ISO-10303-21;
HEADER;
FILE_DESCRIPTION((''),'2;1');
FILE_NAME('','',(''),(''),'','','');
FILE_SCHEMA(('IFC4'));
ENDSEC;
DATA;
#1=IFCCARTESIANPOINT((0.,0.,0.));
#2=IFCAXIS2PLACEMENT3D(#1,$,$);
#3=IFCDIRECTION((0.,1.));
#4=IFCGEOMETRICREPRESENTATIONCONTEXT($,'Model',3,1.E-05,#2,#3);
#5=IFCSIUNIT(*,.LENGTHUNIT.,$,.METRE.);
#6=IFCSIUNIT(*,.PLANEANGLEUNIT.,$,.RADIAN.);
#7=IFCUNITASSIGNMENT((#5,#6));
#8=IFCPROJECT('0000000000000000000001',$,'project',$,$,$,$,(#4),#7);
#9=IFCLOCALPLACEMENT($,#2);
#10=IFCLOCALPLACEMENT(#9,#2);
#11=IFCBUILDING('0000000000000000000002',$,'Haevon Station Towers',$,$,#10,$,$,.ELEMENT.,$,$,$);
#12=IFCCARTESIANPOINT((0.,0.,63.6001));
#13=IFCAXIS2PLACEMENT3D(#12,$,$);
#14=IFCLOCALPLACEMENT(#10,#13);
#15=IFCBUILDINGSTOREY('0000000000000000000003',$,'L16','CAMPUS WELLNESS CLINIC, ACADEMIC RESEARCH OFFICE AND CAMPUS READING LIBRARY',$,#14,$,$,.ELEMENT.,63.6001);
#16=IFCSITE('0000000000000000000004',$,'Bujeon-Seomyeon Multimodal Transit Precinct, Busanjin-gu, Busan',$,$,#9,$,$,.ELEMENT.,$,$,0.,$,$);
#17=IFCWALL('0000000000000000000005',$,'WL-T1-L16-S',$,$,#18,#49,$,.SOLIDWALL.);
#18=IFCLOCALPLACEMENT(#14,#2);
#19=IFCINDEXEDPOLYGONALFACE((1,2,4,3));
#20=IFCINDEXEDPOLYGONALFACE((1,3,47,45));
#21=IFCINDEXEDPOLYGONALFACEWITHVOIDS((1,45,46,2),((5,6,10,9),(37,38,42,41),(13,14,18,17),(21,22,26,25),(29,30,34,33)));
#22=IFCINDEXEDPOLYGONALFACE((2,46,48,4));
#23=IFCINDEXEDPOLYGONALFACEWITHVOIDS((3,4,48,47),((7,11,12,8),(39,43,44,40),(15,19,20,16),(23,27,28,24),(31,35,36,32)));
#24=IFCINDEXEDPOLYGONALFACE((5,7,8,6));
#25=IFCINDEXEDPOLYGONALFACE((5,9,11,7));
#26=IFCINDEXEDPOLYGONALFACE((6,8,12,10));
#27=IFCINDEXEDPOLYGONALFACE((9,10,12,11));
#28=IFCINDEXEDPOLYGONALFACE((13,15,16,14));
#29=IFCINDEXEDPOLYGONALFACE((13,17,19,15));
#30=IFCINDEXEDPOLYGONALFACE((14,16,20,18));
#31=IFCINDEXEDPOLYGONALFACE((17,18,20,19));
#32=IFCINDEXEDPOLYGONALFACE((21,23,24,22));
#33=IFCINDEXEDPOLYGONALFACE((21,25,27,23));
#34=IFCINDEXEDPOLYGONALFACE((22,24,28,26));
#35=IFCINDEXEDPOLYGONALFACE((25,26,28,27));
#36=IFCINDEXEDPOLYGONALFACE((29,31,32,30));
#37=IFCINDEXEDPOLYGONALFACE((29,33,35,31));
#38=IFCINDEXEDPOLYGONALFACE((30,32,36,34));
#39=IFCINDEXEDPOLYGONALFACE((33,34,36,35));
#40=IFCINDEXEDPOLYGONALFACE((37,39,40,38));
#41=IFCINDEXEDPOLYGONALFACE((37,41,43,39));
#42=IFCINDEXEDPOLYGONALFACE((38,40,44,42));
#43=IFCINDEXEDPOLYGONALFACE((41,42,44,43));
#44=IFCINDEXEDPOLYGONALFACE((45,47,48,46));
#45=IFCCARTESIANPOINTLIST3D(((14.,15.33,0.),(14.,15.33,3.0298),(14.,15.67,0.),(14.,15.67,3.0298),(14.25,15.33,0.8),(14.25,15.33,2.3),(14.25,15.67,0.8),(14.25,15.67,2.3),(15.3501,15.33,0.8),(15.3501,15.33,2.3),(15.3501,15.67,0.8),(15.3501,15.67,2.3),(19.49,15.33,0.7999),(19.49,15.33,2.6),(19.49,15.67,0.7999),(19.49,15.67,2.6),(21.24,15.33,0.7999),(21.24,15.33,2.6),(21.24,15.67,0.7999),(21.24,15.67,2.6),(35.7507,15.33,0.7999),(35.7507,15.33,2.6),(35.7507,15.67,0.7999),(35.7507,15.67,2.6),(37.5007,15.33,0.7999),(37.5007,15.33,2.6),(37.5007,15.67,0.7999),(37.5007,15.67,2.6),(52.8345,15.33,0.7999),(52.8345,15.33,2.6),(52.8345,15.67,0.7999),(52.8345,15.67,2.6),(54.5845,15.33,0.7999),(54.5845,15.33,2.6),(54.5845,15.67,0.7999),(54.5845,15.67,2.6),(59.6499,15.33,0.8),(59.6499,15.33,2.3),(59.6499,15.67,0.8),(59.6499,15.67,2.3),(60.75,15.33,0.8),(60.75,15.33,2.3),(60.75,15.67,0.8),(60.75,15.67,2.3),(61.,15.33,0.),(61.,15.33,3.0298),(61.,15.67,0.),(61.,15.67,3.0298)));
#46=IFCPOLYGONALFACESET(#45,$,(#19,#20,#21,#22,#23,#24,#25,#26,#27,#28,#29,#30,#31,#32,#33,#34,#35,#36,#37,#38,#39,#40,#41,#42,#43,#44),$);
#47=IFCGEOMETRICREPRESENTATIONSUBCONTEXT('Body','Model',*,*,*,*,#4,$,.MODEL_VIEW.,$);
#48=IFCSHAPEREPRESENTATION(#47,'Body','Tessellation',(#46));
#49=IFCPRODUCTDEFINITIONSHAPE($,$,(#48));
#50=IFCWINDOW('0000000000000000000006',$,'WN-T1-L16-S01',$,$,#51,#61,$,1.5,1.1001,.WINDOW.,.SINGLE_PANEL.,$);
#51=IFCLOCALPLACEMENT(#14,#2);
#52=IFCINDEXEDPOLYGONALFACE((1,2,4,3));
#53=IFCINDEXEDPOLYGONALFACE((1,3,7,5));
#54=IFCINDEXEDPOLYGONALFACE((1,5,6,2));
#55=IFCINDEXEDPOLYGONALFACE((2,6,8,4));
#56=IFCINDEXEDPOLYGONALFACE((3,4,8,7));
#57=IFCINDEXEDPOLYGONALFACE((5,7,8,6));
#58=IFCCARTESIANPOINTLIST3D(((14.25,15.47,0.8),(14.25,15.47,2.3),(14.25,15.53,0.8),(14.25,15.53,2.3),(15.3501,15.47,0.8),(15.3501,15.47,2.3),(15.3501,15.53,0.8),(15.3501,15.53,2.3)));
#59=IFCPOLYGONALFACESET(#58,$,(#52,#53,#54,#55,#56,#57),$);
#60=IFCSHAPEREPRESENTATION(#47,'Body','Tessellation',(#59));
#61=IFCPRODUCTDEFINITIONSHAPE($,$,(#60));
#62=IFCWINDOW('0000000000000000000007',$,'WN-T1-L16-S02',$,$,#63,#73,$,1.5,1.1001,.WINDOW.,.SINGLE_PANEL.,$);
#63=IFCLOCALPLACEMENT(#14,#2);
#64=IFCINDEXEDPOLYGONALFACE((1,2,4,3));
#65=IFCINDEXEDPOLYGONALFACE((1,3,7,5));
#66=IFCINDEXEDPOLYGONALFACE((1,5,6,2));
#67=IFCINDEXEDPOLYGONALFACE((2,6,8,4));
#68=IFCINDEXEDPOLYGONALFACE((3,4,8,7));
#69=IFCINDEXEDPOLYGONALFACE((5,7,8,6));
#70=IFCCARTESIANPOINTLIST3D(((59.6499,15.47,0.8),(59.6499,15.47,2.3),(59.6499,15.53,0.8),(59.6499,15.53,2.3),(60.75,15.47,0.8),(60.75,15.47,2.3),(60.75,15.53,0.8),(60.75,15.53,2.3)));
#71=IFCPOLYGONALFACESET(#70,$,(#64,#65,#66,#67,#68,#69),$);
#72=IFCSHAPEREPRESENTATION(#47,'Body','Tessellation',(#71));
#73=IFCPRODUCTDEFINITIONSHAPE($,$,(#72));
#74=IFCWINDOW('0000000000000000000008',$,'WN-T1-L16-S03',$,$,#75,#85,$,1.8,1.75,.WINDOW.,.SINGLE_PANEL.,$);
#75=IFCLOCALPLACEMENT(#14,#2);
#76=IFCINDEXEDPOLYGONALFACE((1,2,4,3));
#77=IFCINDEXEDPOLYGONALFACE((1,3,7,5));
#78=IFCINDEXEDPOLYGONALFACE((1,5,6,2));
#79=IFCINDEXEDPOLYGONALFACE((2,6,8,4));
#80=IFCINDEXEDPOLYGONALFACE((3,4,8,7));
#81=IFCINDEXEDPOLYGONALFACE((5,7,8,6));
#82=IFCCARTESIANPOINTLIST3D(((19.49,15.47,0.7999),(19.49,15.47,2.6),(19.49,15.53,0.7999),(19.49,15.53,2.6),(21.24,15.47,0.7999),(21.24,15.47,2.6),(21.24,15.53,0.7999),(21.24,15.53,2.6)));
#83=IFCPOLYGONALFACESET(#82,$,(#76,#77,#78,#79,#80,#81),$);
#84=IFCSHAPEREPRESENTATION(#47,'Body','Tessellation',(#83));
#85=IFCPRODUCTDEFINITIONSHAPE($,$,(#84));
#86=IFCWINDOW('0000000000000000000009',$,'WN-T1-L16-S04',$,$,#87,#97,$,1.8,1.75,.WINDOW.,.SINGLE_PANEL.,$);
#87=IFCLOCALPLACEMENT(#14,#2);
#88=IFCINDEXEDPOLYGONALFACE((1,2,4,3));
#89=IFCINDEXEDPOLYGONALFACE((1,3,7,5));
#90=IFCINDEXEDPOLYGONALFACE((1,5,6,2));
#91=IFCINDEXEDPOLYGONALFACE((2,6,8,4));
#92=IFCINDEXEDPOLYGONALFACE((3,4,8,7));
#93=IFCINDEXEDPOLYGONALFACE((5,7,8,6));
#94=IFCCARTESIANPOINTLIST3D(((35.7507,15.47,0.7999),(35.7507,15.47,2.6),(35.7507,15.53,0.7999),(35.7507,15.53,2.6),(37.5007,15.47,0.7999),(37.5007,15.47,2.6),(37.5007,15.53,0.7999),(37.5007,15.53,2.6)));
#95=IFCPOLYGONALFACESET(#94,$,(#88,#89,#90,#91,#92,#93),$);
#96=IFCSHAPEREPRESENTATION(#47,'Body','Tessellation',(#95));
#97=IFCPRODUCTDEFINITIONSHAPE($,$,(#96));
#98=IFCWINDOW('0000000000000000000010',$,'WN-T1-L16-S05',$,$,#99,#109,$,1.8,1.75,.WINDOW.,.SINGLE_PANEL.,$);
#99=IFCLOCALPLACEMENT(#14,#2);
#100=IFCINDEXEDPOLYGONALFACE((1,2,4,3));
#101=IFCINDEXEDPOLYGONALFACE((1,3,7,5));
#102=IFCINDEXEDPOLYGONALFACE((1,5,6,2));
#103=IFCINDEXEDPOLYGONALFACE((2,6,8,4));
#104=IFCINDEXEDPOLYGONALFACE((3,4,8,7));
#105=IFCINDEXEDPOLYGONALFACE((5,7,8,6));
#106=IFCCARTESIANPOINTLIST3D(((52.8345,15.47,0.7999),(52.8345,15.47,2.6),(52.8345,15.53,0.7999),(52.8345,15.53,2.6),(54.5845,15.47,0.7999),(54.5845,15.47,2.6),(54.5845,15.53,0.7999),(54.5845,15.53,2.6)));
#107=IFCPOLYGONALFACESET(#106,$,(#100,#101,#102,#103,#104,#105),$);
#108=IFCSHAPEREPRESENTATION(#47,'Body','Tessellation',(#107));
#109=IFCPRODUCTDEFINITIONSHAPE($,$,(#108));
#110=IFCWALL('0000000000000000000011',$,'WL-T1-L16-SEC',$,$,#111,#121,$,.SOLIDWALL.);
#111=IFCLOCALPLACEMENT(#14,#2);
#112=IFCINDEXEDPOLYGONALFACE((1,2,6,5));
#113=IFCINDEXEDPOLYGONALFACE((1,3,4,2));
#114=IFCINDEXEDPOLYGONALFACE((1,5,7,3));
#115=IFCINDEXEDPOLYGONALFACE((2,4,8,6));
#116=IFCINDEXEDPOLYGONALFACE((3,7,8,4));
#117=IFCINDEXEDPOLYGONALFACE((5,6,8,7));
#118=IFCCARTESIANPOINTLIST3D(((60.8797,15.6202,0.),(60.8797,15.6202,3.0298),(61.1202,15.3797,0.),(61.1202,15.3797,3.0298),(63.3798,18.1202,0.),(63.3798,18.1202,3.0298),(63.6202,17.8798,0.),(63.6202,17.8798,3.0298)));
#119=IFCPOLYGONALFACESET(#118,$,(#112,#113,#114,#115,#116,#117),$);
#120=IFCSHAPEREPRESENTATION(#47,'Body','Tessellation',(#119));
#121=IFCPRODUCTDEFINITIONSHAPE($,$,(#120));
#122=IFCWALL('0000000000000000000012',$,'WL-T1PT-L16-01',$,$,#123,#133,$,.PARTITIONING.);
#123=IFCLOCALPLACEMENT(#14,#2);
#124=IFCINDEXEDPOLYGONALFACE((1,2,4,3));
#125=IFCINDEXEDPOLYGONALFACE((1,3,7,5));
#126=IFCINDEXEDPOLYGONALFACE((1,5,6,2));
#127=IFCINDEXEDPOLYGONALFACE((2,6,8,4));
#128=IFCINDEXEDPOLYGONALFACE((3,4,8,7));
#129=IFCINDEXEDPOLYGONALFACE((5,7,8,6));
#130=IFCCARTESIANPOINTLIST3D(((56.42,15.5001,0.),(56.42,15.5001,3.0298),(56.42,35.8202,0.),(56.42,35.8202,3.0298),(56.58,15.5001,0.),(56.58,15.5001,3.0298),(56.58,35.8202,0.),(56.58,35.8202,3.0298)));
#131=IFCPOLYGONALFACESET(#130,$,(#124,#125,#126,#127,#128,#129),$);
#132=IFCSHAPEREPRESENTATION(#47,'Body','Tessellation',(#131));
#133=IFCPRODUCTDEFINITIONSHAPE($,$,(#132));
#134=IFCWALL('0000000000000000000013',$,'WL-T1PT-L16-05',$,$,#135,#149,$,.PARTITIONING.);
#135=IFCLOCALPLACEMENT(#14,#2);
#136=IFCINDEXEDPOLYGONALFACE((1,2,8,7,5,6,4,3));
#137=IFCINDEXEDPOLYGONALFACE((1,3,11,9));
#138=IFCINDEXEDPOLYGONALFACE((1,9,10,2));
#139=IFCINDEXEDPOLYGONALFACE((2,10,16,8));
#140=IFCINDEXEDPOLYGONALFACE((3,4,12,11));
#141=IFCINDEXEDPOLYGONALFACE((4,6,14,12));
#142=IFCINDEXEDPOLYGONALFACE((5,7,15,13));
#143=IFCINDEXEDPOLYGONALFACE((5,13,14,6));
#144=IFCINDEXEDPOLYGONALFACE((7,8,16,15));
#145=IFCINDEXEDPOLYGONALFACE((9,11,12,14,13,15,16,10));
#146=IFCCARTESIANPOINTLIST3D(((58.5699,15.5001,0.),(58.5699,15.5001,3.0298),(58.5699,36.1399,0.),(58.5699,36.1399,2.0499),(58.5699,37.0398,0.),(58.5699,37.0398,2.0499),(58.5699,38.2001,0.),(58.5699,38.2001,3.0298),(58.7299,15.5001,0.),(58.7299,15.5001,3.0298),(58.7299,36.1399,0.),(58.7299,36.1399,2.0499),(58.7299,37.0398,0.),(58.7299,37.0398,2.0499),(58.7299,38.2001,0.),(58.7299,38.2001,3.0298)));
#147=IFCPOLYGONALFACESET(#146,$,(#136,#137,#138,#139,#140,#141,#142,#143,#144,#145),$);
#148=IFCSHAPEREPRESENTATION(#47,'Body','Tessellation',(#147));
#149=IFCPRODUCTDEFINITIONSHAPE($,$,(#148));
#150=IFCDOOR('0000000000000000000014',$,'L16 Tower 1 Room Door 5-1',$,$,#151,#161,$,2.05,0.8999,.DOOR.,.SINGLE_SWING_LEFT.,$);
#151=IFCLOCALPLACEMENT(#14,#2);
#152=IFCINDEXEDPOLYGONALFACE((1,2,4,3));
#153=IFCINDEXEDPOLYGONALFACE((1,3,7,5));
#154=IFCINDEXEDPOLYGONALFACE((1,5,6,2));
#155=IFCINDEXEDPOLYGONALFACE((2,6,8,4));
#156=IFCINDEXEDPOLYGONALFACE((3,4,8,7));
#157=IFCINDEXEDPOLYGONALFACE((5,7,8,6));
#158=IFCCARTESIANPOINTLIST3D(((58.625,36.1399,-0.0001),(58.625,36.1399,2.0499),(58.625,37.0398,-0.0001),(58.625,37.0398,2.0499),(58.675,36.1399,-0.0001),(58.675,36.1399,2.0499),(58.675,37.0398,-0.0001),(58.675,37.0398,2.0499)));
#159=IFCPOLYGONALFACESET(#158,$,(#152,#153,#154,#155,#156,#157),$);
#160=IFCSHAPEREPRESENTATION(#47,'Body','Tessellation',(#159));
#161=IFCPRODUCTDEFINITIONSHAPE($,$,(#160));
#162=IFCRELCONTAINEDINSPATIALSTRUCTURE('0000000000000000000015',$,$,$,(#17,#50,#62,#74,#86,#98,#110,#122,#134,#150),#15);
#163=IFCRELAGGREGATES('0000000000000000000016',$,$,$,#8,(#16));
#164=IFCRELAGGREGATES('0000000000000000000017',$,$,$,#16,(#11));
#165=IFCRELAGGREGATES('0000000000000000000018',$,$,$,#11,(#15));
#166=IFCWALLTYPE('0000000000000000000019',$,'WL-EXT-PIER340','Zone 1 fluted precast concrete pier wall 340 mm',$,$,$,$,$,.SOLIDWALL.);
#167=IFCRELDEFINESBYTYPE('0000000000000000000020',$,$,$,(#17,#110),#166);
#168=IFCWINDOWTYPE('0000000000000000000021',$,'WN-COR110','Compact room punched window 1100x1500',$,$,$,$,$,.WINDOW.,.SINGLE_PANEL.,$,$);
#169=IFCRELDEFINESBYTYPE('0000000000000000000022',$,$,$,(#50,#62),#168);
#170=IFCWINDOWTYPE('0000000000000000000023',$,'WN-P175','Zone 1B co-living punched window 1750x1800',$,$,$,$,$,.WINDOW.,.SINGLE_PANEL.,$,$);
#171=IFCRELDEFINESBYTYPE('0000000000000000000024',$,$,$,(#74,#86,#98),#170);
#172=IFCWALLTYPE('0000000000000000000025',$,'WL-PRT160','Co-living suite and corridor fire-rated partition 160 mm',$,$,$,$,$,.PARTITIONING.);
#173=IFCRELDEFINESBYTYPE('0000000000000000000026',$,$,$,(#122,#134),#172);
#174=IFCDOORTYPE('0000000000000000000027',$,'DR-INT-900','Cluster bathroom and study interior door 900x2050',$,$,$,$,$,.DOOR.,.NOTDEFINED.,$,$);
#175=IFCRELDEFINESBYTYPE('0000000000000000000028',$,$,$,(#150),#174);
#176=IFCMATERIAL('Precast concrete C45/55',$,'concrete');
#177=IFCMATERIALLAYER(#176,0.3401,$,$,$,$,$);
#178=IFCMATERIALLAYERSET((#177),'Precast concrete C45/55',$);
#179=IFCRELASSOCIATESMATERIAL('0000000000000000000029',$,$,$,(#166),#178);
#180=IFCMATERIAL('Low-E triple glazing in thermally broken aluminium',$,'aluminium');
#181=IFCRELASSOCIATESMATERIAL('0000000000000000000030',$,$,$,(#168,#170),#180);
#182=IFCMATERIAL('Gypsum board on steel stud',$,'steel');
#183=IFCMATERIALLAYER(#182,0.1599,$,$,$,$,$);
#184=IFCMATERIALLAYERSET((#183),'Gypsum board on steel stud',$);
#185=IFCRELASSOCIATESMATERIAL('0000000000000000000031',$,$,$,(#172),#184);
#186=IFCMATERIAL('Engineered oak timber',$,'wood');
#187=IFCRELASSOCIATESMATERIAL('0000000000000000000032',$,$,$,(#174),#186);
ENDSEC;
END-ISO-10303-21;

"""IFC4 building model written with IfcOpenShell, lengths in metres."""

from ifc_helpers import new_model, si_unit, direction, frame, frame_2d, origin, place, context, subcontext, project, spatial, rectangle, extrude, material, layer, layer_set, type_object, element, fill, save


model = new_model("IFC4")

# Units and contexts
model_context = context("Model", 3, precision=1e-05, world=origin(), true_north=direction((0.0, 1.0)))
body_context = subcontext(model_context, "Body", "Model", "MODEL_VIEW")
ifc_project = project(units=[si_unit("LENGTHUNIT", "METRE"), si_unit("PLANEANGLEUNIT", "RADIAN")], contexts=[model_context])

# Site, building, storey
site_placement = place(None, origin())
site = spatial("IfcSite", under=ifc_project, at=site_placement, Name="Bujeon-Seomyeon Multimodal Transit Precinct, Busanjin-gu, Busan", CompositionType="ELEMENT", RefElevation=0.0)
building_placement = place(site_placement, origin())
building = spatial("IfcBuilding", under=site, at=building_placement, Name="Haevon Station Towers", CompositionType="ELEMENT")
storey_placement = place(building_placement, frame((0.0, 0.0, 63.6001)))
storey = spatial("IfcBuildingStorey", under=building, at=storey_placement, Name="L16", Description="CAMPUS WELLNESS CLINIC, ACADEMIC RESEARCH OFFICE AND CAMPUS READING LIBRARY", CompositionType="ELEMENT", Elevation=63.6001)

# Wall, openings, windows
ifc_material_1 = material(Name="Precast concrete C45/55", Category="concrete")
ifc_layer_1 = layer(ifc_material_1, 0.3401)
ifc_layer_set_1 = layer_set([ifc_layer_1], Name="Precast concrete C45/55")
wall_type_1 = type_object("IfcWallType", Name="WL-EXT-PIER340", Description="Zone 1 fluted precast concrete pier wall 340 mm", PredefinedType="SOLIDWALL", material=ifc_layer_set_1)
wall_1_placement = place(storey_placement, frame((61.0, 15.5, 0.0), z_axis=(0.0, 0.0, 1.0), x_axis=(-1.0, 0.0, 0.0)))
wall_1 = element("IfcWall", 1, at=wall_1_placement, inside=storey, type_object=wall_type_1, Name="WL-T1-L16-S", PredefinedType="SOLIDWALL", context=body_context, shape_type="SweptSolid", body=[
    extrude(rectangle(XDim=47.0, YDim=0.3401, at=frame_2d((23.5, 0.0))), origin(), (0.0, 0.0, 1.0), 3.0298),
])
opening_1_placement = place(wall_1_placement, frame((45.6499, 0.0, 0.8)))
opening_1 = element("IfcOpeningElement", 2, at=opening_1_placement, cuts=wall_1, PredefinedType="OPENING", context=body_context, shape_type="SweptSolid", body=[
    extrude(rectangle(XDim=1.1001, YDim=1.5, at=frame_2d((0.55, 0.75))), frame((0.0, 0.1799, 0.0), z_axis=(0.0, -1.0, 0.0), x_axis=(1.0, 0.0, 0.0)), (0.0, 0.0, 1.0), 0.3601),
])
opening_2_placement = place(wall_1_placement, frame((0.25, 0.0, 0.8)))
opening_2 = element("IfcOpeningElement", 3, at=opening_2_placement, cuts=wall_1, PredefinedType="OPENING", context=body_context, shape_type="SweptSolid", body=[
    extrude(rectangle(XDim=1.1001, YDim=1.5, at=frame_2d((0.55, 0.75))), frame((0.0, 0.1799, 0.0), z_axis=(0.0, -1.0, 0.0), x_axis=(1.0, 0.0, 0.0)), (0.0, 0.0, 1.0), 0.3601),
])
opening_3_placement = place(wall_1_placement, frame((39.76, 0.0, 0.8)))
opening_3 = element("IfcOpeningElement", 4, at=opening_3_placement, cuts=wall_1, PredefinedType="OPENING", context=body_context, shape_type="SweptSolid", body=[
    extrude(rectangle(XDim=1.75, YDim=1.8, at=frame_2d((0.875, 0.8999))), frame((0.0, 0.1799, 0.0), z_axis=(0.0, -1.0, 0.0), x_axis=(1.0, 0.0, 0.0)), (0.0, 0.0, 1.0), 0.3601),
])
opening_4_placement = place(wall_1_placement, frame((23.4993, 0.0, 0.8)))
opening_4 = element("IfcOpeningElement", 5, at=opening_4_placement, cuts=wall_1, PredefinedType="OPENING", context=body_context, shape_type="SweptSolid", body=[
    extrude(rectangle(XDim=1.75, YDim=1.8, at=frame_2d((0.875, 0.8999))), frame((0.0, 0.1799, 0.0), z_axis=(0.0, -1.0, 0.0), x_axis=(1.0, 0.0, 0.0)), (0.0, 0.0, 1.0), 0.3601),
])
opening_5_placement = place(wall_1_placement, frame((6.4155, 0.0, 0.8)))
opening_5 = element("IfcOpeningElement", 6, at=opening_5_placement, cuts=wall_1, PredefinedType="OPENING", context=body_context, shape_type="SweptSolid", body=[
    extrude(rectangle(XDim=1.75, YDim=1.8, at=frame_2d((0.875, 0.8999))), frame((0.0, 0.1799, 0.0), z_axis=(0.0, -1.0, 0.0), x_axis=(1.0, 0.0, 0.0)), (0.0, 0.0, 1.0), 0.3601),
])
ifc_material_2 = material(Name="Low-E triple glazing in thermally broken aluminium", Category="aluminium")
window_type_1 = type_object("IfcWindowType", Name="WN-COR110", Description="Compact room punched window 1100x1500", PartitioningType="SINGLE_PANEL", PredefinedType="WINDOW", material=ifc_material_2)
window_1_placement = place(opening_1_placement, origin())
window_1 = element("IfcWindow", 7, at=window_1_placement, inside=storey, type_object=window_type_1, Name="WN-T1-L16-S01", OverallHeight=1.5, OverallWidth=1.1001, PartitioningType="SINGLE_PANEL", PredefinedType="WINDOW", context=body_context, shape_type="SweptSolid", body=[
    extrude(rectangle(XDim=1.1001, YDim=1.5, at=frame_2d((0.55, 0.75))), frame((0.0, 0.03, 0.0), z_axis=(0.0, -1.0, 0.0), x_axis=(1.0, 0.0, 0.0)), (0.0, 0.0, 1.0), 0.0601),
])
fill(opening_1, window_1)
window_2_placement = place(opening_2_placement, origin())
window_2 = element("IfcWindow", 8, at=window_2_placement, inside=storey, type_object=window_type_1, Name="WN-T1-L16-S02", OverallHeight=1.5, OverallWidth=1.1001, PartitioningType="SINGLE_PANEL", PredefinedType="WINDOW", context=body_context, shape_type="SweptSolid", body=[
    extrude(rectangle(XDim=1.1001, YDim=1.5, at=frame_2d((0.55, 0.75))), frame((0.0, 0.03, 0.0), z_axis=(0.0, -1.0, 0.0), x_axis=(1.0, 0.0, 0.0)), (0.0, 0.0, 1.0), 0.0601),
])
fill(opening_2, window_2)
window_type_2 = type_object("IfcWindowType", Name="WN-P175", Description="Zone 1B co-living punched window 1750x1800", PartitioningType="SINGLE_PANEL", PredefinedType="WINDOW", material=ifc_material_2)
window_3_placement = place(opening_3_placement, origin())
window_3 = element("IfcWindow", 9, at=window_3_placement, inside=storey, type_object=window_type_2, Name="WN-T1-L16-S03", OverallHeight=1.8, OverallWidth=1.75, PartitioningType="SINGLE_PANEL", PredefinedType="WINDOW", context=body_context, shape_type="SweptSolid", body=[
    extrude(rectangle(XDim=1.75, YDim=1.8, at=frame_2d((0.875, 0.8999))), frame((0.0, 0.03, 0.0), z_axis=(0.0, -1.0, 0.0), x_axis=(1.0, 0.0, 0.0)), (0.0, 0.0, 1.0), 0.0601),
])
fill(opening_3, window_3)
window_4_placement = place(opening_4_placement, origin())
window_4 = element("IfcWindow", 10, at=window_4_placement, inside=storey, type_object=window_type_2, Name="WN-T1-L16-S04", OverallHeight=1.8, OverallWidth=1.75, PartitioningType="SINGLE_PANEL", PredefinedType="WINDOW", context=body_context, shape_type="SweptSolid", body=[
    extrude(rectangle(XDim=1.75, YDim=1.8, at=frame_2d((0.875, 0.8999))), frame((0.0, 0.03, 0.0), z_axis=(0.0, -1.0, 0.0), x_axis=(1.0, 0.0, 0.0)), (0.0, 0.0, 1.0), 0.0601),
])
fill(opening_4, window_4)
window_5_placement = place(opening_5_placement, origin())
window_5 = element("IfcWindow", 11, at=window_5_placement, inside=storey, type_object=window_type_2, Name="WN-T1-L16-S05", OverallHeight=1.8, OverallWidth=1.75, PartitioningType="SINGLE_PANEL", PredefinedType="WINDOW", context=body_context, shape_type="SweptSolid", body=[
    extrude(rectangle(XDim=1.75, YDim=1.8, at=frame_2d((0.875, 0.8999))), frame((0.0, 0.03, 0.0), z_axis=(0.0, -1.0, 0.0), x_axis=(1.0, 0.0, 0.0)), (0.0, 0.0, 1.0), 0.0601),
])
fill(opening_5, window_5)

# Walls
wall_2_placement = place(storey_placement, frame((63.5, 18.0, 0.0), z_axis=(0.0, 0.0, 1.0), x_axis=(-0.707107, -0.707107, 0.0)))
element("IfcWall", 12, at=wall_2_placement, inside=storey, type_object=wall_type_1, Name="WL-T1-L16-SEC", PredefinedType="SOLIDWALL", context=body_context, shape_type="SweptSolid", body=[
    extrude(rectangle(XDim=3.5356, YDim=0.3401, at=frame_2d((1.7678, 0.0))), origin(), (0.0, 0.0, 1.0), 3.0298),
])
ifc_material_3 = material(Name="Gypsum board on steel stud", Category="steel")
ifc_layer_2 = layer(ifc_material_3, 0.1599)
ifc_layer_set_2 = layer_set([ifc_layer_2], Name="Gypsum board on steel stud")
wall_type_2 = type_object("IfcWallType", Name="WL-PRT160", Description="Co-living suite and corridor fire-rated partition 160 mm", PredefinedType="PARTITIONING", material=ifc_layer_set_2)
wall_3_placement = place(storey_placement, frame((56.5, 15.5, 0.0), z_axis=(0.0, 0.0, 1.0), x_axis=(0.0, 1.0, 0.0)))
element("IfcWall", 13, at=wall_3_placement, inside=storey, type_object=wall_type_2, Name="WL-T1PT-L16-01", PredefinedType="PARTITIONING", context=body_context, shape_type="SweptSolid", body=[
    extrude(rectangle(XDim=20.3201, YDim=0.1599, at=frame_2d((10.1602, 0.0))), origin(), (0.0, 0.0, 1.0), 3.0298),
])

# Wall, opening, door
wall_4_placement = place(storey_placement, frame((58.6499, 15.5, 0.0), z_axis=(0.0, 0.0, 1.0), x_axis=(0.0, 1.0, 0.0)))
wall_4 = element("IfcWall", 14, at=wall_4_placement, inside=storey, type_object=wall_type_2, Name="WL-T1PT-L16-05", PredefinedType="PARTITIONING", context=body_context, shape_type="SweptSolid", body=[
    extrude(rectangle(XDim=22.7, YDim=0.1599, at=frame_2d((11.3501, 0.0))), origin(), (0.0, 0.0, 1.0), 3.0298),
])
opening_6_placement = place(wall_4_placement, frame((20.6399, 0.0, 0.0)))
opening_6 = element("IfcOpeningElement", 15, at=opening_6_placement, cuts=wall_4, PredefinedType="OPENING", context=body_context, shape_type="SweptSolid", body=[
    extrude(rectangle(XDim=0.8999, YDim=2.05, at=frame_2d((0.45, 1.0249))), frame((0.0, 0.0898, 0.0), z_axis=(0.0, -1.0, 0.0), x_axis=(1.0, 0.0, 0.0)), (0.0, 0.0, 1.0), 0.1799),
])
ifc_material_4 = material(Name="Engineered oak timber", Category="wood")
door_type = type_object("IfcDoorType", Name="DR-INT-900", Description="Cluster bathroom and study interior door 900x2050", OperationType="NOTDEFINED", PredefinedType="DOOR", material=ifc_material_4)
door_placement = place(opening_6_placement, origin())
door = element("IfcDoor", 16, at=door_placement, inside=storey, type_object=door_type, Name="L16 Tower 1 Room Door 5-1", OperationType="SINGLE_SWING_LEFT", OverallHeight=2.05, OverallWidth=0.8999, PredefinedType="DOOR", context=body_context, shape_type="SweptSolid", body=[
    extrude(rectangle(XDim=0.8999, YDim=2.05, at=frame_2d((0.45, 1.0249))), frame((0.0, 0.0249, 0.0), z_axis=(0.0, -1.0, 0.0), x_axis=(1.0, 0.0, 0.0)), (0.0, 0.0, 1.0), 0.05),
])
fill(opening_6, door)

save(model, "model.ifc")
